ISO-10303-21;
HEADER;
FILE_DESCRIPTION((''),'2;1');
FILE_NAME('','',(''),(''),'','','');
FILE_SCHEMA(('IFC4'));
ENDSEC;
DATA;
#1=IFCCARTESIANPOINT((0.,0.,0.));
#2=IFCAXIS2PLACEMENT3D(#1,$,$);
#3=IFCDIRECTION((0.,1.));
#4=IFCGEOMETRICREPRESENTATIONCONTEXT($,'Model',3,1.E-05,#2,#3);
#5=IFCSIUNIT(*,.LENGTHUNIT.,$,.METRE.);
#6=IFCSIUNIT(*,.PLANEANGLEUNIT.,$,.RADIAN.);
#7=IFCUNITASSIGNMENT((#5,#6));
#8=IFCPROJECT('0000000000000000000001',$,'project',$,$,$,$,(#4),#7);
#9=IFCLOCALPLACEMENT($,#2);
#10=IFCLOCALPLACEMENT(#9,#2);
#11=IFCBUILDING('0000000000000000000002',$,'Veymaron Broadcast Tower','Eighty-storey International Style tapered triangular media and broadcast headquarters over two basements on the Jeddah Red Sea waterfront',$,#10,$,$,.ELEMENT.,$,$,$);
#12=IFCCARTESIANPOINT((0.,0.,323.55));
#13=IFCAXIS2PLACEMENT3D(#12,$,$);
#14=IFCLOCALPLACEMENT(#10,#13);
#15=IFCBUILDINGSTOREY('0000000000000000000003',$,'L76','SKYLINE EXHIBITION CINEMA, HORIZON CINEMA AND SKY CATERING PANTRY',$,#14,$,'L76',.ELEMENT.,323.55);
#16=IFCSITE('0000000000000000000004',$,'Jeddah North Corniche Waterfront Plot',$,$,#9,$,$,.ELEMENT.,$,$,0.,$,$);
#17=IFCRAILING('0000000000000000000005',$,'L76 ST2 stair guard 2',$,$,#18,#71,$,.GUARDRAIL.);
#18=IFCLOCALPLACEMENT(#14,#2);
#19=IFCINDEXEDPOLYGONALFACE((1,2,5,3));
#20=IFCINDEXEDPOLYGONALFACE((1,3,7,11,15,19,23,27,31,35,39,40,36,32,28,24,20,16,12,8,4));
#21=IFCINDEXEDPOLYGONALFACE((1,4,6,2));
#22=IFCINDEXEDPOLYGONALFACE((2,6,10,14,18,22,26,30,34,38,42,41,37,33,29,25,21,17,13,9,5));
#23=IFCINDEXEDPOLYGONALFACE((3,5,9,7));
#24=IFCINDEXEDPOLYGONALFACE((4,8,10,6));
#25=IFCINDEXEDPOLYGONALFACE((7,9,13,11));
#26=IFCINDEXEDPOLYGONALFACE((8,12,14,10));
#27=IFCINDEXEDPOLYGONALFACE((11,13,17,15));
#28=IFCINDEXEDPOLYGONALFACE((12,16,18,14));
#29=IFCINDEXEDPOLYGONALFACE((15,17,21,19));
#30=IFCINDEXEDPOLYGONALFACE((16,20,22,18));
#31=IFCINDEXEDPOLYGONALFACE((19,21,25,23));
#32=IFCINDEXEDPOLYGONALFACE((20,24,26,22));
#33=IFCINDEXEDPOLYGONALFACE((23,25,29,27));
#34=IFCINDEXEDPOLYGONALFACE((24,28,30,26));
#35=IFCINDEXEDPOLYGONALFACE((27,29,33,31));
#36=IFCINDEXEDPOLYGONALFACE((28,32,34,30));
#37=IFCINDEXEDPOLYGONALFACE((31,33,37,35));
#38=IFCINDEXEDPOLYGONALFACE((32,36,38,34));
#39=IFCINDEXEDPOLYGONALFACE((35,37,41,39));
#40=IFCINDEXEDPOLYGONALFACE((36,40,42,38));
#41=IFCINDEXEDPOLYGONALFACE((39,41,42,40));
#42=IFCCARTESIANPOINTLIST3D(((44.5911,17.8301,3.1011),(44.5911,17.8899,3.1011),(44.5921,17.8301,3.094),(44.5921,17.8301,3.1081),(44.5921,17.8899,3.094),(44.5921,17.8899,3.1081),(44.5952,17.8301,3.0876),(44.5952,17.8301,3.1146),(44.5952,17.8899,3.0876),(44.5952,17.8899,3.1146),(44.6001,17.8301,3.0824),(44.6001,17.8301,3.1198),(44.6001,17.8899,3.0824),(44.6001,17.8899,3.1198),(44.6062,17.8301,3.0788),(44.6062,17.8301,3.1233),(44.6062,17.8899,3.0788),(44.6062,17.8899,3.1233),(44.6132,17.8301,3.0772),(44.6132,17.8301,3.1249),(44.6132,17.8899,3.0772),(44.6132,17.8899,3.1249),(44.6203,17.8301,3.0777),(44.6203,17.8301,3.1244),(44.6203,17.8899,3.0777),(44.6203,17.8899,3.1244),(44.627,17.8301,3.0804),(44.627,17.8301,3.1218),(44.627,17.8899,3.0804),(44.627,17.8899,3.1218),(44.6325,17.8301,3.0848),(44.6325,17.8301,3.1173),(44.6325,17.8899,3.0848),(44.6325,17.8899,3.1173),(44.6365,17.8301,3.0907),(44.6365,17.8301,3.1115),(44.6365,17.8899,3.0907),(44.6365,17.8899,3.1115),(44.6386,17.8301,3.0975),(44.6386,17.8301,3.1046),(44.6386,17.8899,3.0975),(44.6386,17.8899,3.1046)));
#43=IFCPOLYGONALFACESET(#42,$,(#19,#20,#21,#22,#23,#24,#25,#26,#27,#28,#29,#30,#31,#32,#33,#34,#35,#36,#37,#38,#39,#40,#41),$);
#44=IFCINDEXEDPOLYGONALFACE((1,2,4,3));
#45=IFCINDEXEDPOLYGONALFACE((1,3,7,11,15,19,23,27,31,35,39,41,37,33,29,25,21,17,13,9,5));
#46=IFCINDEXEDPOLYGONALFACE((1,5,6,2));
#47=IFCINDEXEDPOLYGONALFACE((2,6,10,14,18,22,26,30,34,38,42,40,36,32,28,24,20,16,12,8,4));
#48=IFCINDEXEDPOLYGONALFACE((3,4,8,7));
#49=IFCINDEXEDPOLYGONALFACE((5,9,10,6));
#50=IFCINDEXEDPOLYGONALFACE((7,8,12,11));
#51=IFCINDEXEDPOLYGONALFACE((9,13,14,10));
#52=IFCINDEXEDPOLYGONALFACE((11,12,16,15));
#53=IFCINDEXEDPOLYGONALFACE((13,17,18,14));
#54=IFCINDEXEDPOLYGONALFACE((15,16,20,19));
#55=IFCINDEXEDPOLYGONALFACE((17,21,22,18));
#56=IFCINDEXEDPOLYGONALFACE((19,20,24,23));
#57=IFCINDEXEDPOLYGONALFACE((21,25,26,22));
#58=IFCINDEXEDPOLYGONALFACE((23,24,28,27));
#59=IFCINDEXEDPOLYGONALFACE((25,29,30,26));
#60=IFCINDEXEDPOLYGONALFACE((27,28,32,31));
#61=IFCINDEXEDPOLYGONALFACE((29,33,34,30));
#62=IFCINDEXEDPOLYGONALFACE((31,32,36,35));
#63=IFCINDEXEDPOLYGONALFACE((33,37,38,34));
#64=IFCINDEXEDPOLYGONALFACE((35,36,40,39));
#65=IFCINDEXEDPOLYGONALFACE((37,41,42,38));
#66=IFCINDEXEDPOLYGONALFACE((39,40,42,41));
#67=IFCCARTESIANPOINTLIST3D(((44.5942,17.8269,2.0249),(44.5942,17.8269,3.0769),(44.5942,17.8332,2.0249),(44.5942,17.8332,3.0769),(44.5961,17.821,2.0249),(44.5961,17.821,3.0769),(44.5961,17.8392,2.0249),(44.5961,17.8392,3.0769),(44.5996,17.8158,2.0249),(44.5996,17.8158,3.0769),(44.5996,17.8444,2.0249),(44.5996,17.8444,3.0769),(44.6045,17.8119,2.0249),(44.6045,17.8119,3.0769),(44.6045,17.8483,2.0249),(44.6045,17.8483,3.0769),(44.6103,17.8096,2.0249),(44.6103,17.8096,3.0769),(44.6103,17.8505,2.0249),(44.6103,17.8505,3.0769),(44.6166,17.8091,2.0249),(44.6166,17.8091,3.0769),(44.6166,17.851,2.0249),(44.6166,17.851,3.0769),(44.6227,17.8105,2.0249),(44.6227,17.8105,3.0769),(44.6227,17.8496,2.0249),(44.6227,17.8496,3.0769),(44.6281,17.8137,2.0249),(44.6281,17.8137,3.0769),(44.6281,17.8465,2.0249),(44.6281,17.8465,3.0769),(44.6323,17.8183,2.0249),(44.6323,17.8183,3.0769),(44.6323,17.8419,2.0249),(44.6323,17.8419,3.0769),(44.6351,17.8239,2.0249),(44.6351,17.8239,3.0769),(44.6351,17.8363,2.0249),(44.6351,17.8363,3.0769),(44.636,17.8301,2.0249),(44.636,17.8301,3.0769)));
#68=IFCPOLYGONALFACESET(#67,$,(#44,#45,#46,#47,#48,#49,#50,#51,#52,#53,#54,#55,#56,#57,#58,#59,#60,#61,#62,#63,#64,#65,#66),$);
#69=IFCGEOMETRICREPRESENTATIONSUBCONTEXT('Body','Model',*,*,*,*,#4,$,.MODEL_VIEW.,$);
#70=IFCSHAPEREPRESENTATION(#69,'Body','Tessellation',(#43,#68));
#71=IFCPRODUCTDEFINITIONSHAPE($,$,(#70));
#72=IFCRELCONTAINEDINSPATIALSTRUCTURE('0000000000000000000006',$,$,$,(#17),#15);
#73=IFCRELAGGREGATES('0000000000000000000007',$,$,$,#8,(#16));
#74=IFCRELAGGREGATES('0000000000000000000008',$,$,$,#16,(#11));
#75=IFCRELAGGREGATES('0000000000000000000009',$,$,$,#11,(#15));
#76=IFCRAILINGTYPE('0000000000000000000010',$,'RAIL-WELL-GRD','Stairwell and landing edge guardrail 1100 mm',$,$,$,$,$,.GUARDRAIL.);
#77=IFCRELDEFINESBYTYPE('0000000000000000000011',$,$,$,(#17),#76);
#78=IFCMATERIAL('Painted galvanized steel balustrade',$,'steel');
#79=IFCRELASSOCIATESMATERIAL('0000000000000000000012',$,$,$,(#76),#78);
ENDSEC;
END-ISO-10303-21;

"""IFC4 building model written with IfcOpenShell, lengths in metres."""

from ifc_helpers import new_model, si_unit, direction, frame, origin, origin_2d, place, context, subcontext, project, spatial, circle, extrude, material, type_object, element, save


model = new_model("IFC4")

# Units and contexts
model_context = context("Model", 3, precision=1e-05, world=origin(), true_north=direction((0.0, 1.0)))
body_context = subcontext(model_context, "Body", "Model", "MODEL_VIEW")
ifc_project = project(units=[si_unit("LENGTHUNIT", "METRE"), si_unit("PLANEANGLEUNIT", "RADIAN")], contexts=[model_context])

# Site, building, storey
site_placement = place(None, origin())
site = spatial("IfcSite", under=ifc_project, at=site_placement, Name="Jeddah North Corniche Waterfront Plot", CompositionType="ELEMENT", RefElevation=0.0)
building_placement = place(site_placement, origin())
building = spatial("IfcBuilding", under=site, at=building_placement, Name="Veymaron Broadcast Tower", Description="Eighty-storey International Style tapered triangular media and broadcast headquarters over two basements on the Jeddah Red Sea waterfront", CompositionType="ELEMENT")
storey_placement = place(building_placement, frame((0.0, 0.0, 323.55)))
storey = spatial("IfcBuildingStorey", under=building, at=storey_placement, Name="L76", Description="SKYLINE EXHIBITION CINEMA, HORIZON CINEMA AND SKY CATERING PANTRY", LongName="L76", CompositionType="ELEMENT", Elevation=323.55)

# Railing
ifc_material_1 = material(Name="Painted galvanized steel balustrade", Category="steel")
railing_type_1 = type_object("IfcRailingType", Name="RAIL-WELL-GRD", Description="Stairwell and landing edge guardrail 1100 mm", PredefinedType="GUARDRAIL", material=ifc_material_1)
railing_1_placement = place(storey_placement, frame((44.615, 17.8301, 2.0249)))
element("IfcRailing", 1, at=railing_1_placement, inside=storey, type_object=railing_type_1, Name="L76 ST2 stair guard 2", PredefinedType="GUARDRAIL", context=body_context, shape_type="SweptSolid", body=[
    extrude(circle(Radius=0.0239, at=origin_2d()), frame((0.0, 0.0, 1.0762), z_axis=(0.0, 1.0, 0.0), x_axis=(-1.0, 0.0, 0.0)), (0.0, 0.0, 1.0), 0.0598),
    extrude(circle(Radius=0.021, at=origin_2d()), origin(), (0.0, 0.0, 1.0), 1.052),
])

save(model, "model.ifc")
